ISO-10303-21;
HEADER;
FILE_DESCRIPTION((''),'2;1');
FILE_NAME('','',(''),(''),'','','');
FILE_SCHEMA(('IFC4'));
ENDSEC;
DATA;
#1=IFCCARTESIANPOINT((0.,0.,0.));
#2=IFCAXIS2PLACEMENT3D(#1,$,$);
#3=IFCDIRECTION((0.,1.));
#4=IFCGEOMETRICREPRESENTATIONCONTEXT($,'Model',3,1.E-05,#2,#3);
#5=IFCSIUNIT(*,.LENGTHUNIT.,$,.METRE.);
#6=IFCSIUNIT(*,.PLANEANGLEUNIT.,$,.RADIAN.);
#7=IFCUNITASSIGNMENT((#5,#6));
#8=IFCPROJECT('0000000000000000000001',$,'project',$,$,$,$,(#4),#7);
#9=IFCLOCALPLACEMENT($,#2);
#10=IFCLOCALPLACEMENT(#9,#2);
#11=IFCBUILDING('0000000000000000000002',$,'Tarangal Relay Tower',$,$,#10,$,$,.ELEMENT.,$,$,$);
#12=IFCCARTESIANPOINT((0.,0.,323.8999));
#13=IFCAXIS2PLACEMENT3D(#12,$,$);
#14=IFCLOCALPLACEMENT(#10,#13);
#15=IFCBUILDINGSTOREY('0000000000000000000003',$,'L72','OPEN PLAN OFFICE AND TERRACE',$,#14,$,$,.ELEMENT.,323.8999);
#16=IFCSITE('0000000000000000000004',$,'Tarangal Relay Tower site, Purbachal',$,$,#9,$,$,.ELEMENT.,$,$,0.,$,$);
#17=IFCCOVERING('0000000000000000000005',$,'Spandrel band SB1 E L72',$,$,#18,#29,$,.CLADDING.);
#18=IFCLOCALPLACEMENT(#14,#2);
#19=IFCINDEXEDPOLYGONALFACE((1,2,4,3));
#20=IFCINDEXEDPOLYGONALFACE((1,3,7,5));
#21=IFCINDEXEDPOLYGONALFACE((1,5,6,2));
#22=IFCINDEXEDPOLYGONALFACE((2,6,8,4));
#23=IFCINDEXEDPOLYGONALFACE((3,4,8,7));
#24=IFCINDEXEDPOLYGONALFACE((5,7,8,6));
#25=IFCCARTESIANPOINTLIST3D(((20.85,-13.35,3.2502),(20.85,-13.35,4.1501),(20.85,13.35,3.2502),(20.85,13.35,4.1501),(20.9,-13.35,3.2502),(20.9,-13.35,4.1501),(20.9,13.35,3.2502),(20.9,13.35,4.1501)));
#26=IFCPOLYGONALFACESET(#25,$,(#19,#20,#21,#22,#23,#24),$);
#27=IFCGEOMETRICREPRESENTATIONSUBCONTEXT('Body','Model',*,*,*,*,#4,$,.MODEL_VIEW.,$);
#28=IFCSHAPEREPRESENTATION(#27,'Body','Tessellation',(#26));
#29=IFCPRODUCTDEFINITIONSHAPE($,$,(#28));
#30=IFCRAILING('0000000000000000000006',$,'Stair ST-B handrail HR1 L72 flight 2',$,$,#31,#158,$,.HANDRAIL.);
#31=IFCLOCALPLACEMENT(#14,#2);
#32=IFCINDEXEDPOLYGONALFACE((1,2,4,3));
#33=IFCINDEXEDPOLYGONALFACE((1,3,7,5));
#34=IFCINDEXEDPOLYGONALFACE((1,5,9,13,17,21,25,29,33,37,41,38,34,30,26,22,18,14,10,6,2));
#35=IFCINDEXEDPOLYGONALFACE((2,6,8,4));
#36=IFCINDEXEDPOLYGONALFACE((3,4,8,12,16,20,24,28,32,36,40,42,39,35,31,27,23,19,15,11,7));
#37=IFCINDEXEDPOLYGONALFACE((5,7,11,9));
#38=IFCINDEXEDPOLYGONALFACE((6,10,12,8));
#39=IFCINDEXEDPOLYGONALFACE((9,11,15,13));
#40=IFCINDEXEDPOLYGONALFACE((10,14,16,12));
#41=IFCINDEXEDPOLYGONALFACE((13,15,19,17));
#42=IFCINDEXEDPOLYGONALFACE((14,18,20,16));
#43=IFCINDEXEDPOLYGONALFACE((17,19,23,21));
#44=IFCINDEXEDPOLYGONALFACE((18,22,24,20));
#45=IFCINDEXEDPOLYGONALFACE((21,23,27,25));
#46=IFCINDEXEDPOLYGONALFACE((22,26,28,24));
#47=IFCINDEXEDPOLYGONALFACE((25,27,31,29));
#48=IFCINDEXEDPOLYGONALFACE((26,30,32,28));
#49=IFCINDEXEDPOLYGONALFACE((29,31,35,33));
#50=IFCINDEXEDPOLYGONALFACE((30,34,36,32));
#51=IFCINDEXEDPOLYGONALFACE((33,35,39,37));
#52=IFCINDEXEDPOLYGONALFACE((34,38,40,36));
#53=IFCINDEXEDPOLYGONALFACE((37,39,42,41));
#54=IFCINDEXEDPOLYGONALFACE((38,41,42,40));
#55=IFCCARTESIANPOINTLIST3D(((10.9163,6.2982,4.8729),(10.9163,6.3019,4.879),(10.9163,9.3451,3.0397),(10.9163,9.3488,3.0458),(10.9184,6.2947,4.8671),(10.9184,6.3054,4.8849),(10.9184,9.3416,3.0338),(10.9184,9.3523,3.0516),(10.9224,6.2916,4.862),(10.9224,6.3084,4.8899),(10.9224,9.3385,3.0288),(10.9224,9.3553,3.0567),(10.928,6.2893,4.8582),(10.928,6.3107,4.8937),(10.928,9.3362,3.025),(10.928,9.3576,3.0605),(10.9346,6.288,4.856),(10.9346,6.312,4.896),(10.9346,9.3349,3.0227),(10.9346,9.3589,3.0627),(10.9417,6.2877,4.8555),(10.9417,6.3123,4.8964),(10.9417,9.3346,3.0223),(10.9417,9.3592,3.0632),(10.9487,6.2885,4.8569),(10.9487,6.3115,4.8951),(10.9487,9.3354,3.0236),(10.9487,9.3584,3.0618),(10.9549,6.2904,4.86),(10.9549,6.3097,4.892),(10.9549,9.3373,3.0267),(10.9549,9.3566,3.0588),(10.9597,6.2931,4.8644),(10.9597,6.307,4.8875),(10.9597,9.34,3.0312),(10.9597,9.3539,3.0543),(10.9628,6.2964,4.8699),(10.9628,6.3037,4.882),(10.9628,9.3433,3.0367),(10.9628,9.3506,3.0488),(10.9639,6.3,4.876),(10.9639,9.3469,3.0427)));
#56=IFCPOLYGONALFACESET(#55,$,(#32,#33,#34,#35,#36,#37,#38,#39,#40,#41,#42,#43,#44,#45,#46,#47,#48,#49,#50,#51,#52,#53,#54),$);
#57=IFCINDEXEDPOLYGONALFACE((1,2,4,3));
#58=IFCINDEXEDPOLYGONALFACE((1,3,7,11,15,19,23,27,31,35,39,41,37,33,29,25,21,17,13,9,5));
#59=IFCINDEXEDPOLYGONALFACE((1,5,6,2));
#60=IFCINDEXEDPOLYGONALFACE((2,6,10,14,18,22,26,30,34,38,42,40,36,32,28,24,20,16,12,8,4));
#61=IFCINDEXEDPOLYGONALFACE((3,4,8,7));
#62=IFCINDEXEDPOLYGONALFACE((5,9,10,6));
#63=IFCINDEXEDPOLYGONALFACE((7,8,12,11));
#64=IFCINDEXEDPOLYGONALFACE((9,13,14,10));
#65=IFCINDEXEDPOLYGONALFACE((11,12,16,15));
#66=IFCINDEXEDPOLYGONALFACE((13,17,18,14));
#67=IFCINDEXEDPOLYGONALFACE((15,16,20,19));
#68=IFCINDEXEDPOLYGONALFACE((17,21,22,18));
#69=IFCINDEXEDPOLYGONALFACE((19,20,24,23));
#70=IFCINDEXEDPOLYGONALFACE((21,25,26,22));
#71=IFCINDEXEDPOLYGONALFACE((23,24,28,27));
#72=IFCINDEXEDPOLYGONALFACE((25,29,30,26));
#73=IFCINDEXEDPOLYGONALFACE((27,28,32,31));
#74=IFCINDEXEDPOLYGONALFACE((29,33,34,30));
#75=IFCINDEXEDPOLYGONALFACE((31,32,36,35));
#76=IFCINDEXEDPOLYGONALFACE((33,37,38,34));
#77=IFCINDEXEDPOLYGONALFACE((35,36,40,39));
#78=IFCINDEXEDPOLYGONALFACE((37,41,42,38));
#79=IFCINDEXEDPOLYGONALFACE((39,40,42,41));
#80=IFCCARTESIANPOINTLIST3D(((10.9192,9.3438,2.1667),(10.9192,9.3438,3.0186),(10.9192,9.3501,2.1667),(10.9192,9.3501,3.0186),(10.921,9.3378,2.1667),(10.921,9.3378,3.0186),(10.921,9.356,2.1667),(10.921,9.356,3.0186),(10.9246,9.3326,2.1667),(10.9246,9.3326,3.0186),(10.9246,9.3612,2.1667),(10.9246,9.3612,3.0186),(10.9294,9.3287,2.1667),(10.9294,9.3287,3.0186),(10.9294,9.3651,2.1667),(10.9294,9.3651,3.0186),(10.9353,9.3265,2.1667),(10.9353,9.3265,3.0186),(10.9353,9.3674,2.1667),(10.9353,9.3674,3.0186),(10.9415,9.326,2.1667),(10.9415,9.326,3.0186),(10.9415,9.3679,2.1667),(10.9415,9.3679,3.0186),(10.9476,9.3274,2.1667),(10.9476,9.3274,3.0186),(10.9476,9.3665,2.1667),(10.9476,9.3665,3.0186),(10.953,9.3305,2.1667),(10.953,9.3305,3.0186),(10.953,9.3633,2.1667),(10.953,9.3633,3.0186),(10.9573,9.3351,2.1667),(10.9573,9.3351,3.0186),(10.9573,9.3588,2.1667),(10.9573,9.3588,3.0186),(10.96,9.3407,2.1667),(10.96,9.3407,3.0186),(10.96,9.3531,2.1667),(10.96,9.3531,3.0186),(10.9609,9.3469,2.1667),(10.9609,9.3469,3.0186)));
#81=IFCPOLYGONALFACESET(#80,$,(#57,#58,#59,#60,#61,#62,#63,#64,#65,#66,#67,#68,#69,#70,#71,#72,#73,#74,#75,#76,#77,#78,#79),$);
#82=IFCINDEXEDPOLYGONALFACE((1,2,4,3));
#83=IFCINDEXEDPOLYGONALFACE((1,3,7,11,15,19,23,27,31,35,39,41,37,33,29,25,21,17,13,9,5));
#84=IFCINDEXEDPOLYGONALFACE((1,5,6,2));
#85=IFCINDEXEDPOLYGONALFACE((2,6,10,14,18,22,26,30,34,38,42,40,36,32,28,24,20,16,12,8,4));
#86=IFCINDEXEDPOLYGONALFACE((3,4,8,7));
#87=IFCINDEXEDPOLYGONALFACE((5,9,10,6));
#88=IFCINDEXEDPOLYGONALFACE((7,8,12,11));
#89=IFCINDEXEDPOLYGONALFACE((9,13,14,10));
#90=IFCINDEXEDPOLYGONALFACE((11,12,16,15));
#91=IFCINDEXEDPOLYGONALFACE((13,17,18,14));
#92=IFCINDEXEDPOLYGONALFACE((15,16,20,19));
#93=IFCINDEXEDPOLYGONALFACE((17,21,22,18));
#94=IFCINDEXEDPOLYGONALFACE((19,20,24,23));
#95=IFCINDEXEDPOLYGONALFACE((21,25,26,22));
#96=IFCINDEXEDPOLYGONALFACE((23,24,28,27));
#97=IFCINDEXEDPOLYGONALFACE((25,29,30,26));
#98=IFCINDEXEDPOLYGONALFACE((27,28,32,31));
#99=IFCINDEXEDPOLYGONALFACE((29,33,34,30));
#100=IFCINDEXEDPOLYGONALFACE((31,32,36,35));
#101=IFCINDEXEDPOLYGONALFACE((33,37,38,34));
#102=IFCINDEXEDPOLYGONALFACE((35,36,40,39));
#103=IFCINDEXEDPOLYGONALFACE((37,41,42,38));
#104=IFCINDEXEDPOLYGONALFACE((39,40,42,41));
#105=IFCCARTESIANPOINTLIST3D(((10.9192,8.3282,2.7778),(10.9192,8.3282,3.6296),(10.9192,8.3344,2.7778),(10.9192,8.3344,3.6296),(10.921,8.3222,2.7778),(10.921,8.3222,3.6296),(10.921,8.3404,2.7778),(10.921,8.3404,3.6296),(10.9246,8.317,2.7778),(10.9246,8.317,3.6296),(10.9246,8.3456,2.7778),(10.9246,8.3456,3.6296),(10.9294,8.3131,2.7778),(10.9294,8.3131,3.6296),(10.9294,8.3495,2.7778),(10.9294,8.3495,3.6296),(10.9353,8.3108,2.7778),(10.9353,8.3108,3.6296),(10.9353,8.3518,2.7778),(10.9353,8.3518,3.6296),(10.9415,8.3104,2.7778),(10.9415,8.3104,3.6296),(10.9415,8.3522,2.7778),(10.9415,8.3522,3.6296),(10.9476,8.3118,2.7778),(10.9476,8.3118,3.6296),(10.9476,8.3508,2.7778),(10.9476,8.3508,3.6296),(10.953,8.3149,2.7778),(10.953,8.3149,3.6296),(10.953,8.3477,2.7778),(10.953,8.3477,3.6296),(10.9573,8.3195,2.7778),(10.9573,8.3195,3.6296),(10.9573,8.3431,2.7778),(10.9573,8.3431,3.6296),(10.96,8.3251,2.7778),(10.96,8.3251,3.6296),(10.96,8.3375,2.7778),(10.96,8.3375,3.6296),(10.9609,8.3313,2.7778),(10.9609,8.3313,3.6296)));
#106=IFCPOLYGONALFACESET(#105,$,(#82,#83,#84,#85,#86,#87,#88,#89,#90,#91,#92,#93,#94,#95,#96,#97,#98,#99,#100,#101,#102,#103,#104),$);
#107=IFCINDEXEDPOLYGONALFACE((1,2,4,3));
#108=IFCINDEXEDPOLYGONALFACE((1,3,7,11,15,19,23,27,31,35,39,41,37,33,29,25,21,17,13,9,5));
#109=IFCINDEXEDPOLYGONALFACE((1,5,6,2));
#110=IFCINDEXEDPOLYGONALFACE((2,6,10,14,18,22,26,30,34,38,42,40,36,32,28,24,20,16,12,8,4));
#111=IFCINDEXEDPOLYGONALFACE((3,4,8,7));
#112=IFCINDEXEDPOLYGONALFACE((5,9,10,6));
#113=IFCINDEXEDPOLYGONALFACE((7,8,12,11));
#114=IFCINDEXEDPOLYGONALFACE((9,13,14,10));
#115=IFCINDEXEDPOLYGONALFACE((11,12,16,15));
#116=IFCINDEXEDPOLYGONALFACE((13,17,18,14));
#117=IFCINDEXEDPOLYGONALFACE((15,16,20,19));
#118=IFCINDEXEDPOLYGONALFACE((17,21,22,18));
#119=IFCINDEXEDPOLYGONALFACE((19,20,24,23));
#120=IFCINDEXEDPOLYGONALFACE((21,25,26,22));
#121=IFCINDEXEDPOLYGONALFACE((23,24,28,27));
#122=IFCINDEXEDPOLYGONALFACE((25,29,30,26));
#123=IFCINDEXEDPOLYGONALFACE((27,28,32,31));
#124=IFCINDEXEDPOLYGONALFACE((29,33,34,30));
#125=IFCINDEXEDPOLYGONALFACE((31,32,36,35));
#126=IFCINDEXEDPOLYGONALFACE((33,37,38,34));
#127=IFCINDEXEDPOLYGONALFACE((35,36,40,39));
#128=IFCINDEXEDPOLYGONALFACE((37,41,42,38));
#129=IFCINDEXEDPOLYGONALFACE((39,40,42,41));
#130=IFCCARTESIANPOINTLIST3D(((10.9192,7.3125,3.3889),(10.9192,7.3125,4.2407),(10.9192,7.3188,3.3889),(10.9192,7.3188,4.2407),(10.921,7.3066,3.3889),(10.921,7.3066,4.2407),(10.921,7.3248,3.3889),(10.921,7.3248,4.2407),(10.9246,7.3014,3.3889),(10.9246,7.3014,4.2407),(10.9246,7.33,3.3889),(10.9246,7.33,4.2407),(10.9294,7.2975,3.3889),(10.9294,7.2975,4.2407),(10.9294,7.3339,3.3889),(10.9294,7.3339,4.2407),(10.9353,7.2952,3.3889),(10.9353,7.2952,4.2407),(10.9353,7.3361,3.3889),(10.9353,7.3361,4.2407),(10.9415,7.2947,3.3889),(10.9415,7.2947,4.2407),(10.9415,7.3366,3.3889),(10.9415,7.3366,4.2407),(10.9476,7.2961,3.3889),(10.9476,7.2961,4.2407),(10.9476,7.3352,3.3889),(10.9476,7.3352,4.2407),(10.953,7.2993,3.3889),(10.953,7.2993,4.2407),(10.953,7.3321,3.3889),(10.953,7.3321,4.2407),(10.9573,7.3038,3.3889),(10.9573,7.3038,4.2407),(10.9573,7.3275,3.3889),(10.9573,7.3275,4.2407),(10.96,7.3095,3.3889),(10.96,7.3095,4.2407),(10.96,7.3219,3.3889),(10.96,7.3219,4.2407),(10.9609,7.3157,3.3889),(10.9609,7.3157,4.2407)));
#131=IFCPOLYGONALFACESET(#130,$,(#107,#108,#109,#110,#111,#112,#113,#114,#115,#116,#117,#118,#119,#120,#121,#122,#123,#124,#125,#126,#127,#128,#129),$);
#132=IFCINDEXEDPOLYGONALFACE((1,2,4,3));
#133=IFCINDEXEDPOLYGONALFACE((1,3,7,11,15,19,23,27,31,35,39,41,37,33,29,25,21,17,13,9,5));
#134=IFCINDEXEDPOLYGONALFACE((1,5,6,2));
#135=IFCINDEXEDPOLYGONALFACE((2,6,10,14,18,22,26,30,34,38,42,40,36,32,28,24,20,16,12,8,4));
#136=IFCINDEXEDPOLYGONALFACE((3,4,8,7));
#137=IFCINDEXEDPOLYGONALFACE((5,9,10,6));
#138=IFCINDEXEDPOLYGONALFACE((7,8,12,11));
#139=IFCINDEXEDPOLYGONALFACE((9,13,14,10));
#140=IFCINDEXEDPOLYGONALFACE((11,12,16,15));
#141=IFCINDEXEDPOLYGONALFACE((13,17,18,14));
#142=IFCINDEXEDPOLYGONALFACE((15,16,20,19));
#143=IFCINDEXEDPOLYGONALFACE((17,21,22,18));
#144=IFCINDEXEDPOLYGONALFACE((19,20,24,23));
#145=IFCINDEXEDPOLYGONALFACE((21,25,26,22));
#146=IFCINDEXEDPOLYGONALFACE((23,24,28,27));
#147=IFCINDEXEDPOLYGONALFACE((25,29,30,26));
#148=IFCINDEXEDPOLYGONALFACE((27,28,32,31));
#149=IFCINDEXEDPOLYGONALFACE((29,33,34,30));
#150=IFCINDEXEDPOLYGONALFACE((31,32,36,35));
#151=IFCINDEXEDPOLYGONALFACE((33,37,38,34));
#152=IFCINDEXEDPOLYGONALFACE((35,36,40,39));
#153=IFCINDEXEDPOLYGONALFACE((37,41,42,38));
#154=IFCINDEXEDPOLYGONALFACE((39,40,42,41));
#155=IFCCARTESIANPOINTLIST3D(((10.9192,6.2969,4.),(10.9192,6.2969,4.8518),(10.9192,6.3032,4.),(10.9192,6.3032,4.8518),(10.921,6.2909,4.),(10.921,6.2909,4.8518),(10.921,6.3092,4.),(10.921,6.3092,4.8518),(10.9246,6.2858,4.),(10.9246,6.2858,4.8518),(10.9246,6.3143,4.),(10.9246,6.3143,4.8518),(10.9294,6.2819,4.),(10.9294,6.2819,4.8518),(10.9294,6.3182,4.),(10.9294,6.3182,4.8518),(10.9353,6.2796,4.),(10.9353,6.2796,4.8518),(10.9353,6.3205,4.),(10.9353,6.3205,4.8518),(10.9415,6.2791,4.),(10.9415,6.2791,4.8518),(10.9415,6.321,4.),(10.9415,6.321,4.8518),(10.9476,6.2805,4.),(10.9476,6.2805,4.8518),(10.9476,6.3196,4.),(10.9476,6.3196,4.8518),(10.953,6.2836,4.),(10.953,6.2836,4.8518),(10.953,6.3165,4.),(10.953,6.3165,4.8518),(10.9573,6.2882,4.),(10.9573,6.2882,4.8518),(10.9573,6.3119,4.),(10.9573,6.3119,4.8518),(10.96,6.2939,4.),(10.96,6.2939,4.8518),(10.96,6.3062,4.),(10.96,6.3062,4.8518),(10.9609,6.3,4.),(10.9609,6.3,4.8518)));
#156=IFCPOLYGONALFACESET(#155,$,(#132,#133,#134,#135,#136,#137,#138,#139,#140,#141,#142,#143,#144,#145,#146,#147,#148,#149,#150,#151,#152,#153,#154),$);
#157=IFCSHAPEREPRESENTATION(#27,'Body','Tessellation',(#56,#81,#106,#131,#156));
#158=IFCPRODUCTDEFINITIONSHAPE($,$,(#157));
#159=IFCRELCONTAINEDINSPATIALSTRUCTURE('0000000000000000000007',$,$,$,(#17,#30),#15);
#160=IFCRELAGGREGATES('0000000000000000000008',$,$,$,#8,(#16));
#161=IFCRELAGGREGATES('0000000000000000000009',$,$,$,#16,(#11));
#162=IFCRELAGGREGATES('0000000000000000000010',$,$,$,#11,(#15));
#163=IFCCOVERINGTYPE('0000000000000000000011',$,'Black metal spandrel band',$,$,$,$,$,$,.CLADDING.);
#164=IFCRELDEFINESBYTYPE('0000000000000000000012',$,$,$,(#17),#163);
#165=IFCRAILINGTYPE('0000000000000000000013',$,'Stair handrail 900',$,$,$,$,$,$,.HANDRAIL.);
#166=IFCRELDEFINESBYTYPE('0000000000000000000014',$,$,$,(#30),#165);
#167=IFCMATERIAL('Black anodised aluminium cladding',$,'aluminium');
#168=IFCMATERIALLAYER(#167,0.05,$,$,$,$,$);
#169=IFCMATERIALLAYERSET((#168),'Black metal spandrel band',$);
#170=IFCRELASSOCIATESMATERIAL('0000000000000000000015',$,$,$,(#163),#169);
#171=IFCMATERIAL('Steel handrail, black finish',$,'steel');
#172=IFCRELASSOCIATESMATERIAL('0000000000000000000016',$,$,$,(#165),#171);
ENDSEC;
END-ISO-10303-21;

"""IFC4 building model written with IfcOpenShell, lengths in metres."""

from ifc_helpers import new_model, si_unit, direction, frame, origin, origin_2d, place, context, subcontext, project, spatial, rectangle, circle, extrude, material, layer, layer_set, type_object, element, save


model = new_model("IFC4")

# Units and contexts
model_context = context("Model", 3, precision=1e-05, world=origin(), true_north=direction((0.0, 1.0)))
body_context = subcontext(model_context, "Body", "Model", "MODEL_VIEW")
ifc_project = project(units=[si_unit("LENGTHUNIT", "METRE"), si_unit("PLANEANGLEUNIT", "RADIAN")], contexts=[model_context])

# Site, building, storey
site_placement = place(None, origin())
site = spatial("IfcSite", under=ifc_project, at=site_placement, Name="Tarangal Relay Tower site, Purbachal", CompositionType="ELEMENT", RefElevation=0.0)
building_placement = place(site_placement, origin())
building = spatial("IfcBuilding", under=site, at=building_placement, Name="Tarangal Relay Tower", CompositionType="ELEMENT")
storey_placement = place(building_placement, frame((0.0, 0.0, 323.8999)))
storey = spatial("IfcBuildingStorey", under=building, at=storey_placement, Name="L72", Description="OPEN PLAN OFFICE AND TERRACE", CompositionType="ELEMENT", Elevation=323.8999)

# Covering
ifc_material_1 = material(Name="Black anodised aluminium cladding", Category="aluminium")
ifc_layer_1 = layer(ifc_material_1, 0.05)
ifc_layer_set_1 = layer_set([ifc_layer_1], Name="Black metal spandrel band")
covering_type = type_object("IfcCoveringType", Name="Black metal spandrel band", PredefinedType="CLADDING", material=ifc_layer_set_1)
covering_placement = place(storey_placement, frame((20.875, 0.0, 3.2502), z_axis=(0.0, 0.0, 1.0), x_axis=(0.0, -1.0, 0.0)))
element("IfcCovering", 1, at=covering_placement, inside=storey, type_object=covering_type, Name="Spandrel band SB1 E L72", PredefinedType="CLADDING", context=body_context, shape_type="SweptSolid", body=[
    extrude(rectangle(XDim=26.7, YDim=0.05, at=origin_2d()), origin(), (0.0, 0.0, 1.0), 0.8999),
])

# Railing
ifc_material_2 = material(Name="Steel handrail, black finish", Category="steel")
railing_type = type_object("IfcRailingType", Name="Stair handrail 900", PredefinedType="HANDRAIL", material=ifc_material_2)
railing_placement = place(storey_placement, frame((10.9399, 9.3469, 2.1667)))
element("IfcRailing", 2, at=railing_placement, inside=storey, type_object=railing_type, Name="Stair ST-B handrail HR1 L72 flight 2", PredefinedType="HANDRAIL", context=body_context, shape_type="SweptSolid", body=[
    extrude(circle(Radius=0.0239, at=origin_2d()), frame((0.0, 0.0, 0.876), z_axis=(0.0, -0.856856, 0.515556), x_axis=(1.0, 0.0, 0.0)), (0.0, 0.0, 1.0), 3.5559),
    extrude(circle(Radius=0.021, at=origin_2d()), origin(), (0.0, 0.0, 1.0), 0.8518),
    extrude(circle(Radius=0.021, at=origin_2d()), frame((0.0, -1.0156, 0.6111)), (0.0, 0.0, 1.0), 0.8518),
    extrude(circle(Radius=0.021, at=origin_2d()), frame((0.0, -2.0312, 1.2222)), (0.0, 0.0, 1.0), 0.8518),
    extrude(circle(Radius=0.021, at=origin_2d()), frame((0.0, -3.0469, 1.8333)), (0.0, 0.0, 1.0), 0.8518),
])

save(model, "model.ifc")
